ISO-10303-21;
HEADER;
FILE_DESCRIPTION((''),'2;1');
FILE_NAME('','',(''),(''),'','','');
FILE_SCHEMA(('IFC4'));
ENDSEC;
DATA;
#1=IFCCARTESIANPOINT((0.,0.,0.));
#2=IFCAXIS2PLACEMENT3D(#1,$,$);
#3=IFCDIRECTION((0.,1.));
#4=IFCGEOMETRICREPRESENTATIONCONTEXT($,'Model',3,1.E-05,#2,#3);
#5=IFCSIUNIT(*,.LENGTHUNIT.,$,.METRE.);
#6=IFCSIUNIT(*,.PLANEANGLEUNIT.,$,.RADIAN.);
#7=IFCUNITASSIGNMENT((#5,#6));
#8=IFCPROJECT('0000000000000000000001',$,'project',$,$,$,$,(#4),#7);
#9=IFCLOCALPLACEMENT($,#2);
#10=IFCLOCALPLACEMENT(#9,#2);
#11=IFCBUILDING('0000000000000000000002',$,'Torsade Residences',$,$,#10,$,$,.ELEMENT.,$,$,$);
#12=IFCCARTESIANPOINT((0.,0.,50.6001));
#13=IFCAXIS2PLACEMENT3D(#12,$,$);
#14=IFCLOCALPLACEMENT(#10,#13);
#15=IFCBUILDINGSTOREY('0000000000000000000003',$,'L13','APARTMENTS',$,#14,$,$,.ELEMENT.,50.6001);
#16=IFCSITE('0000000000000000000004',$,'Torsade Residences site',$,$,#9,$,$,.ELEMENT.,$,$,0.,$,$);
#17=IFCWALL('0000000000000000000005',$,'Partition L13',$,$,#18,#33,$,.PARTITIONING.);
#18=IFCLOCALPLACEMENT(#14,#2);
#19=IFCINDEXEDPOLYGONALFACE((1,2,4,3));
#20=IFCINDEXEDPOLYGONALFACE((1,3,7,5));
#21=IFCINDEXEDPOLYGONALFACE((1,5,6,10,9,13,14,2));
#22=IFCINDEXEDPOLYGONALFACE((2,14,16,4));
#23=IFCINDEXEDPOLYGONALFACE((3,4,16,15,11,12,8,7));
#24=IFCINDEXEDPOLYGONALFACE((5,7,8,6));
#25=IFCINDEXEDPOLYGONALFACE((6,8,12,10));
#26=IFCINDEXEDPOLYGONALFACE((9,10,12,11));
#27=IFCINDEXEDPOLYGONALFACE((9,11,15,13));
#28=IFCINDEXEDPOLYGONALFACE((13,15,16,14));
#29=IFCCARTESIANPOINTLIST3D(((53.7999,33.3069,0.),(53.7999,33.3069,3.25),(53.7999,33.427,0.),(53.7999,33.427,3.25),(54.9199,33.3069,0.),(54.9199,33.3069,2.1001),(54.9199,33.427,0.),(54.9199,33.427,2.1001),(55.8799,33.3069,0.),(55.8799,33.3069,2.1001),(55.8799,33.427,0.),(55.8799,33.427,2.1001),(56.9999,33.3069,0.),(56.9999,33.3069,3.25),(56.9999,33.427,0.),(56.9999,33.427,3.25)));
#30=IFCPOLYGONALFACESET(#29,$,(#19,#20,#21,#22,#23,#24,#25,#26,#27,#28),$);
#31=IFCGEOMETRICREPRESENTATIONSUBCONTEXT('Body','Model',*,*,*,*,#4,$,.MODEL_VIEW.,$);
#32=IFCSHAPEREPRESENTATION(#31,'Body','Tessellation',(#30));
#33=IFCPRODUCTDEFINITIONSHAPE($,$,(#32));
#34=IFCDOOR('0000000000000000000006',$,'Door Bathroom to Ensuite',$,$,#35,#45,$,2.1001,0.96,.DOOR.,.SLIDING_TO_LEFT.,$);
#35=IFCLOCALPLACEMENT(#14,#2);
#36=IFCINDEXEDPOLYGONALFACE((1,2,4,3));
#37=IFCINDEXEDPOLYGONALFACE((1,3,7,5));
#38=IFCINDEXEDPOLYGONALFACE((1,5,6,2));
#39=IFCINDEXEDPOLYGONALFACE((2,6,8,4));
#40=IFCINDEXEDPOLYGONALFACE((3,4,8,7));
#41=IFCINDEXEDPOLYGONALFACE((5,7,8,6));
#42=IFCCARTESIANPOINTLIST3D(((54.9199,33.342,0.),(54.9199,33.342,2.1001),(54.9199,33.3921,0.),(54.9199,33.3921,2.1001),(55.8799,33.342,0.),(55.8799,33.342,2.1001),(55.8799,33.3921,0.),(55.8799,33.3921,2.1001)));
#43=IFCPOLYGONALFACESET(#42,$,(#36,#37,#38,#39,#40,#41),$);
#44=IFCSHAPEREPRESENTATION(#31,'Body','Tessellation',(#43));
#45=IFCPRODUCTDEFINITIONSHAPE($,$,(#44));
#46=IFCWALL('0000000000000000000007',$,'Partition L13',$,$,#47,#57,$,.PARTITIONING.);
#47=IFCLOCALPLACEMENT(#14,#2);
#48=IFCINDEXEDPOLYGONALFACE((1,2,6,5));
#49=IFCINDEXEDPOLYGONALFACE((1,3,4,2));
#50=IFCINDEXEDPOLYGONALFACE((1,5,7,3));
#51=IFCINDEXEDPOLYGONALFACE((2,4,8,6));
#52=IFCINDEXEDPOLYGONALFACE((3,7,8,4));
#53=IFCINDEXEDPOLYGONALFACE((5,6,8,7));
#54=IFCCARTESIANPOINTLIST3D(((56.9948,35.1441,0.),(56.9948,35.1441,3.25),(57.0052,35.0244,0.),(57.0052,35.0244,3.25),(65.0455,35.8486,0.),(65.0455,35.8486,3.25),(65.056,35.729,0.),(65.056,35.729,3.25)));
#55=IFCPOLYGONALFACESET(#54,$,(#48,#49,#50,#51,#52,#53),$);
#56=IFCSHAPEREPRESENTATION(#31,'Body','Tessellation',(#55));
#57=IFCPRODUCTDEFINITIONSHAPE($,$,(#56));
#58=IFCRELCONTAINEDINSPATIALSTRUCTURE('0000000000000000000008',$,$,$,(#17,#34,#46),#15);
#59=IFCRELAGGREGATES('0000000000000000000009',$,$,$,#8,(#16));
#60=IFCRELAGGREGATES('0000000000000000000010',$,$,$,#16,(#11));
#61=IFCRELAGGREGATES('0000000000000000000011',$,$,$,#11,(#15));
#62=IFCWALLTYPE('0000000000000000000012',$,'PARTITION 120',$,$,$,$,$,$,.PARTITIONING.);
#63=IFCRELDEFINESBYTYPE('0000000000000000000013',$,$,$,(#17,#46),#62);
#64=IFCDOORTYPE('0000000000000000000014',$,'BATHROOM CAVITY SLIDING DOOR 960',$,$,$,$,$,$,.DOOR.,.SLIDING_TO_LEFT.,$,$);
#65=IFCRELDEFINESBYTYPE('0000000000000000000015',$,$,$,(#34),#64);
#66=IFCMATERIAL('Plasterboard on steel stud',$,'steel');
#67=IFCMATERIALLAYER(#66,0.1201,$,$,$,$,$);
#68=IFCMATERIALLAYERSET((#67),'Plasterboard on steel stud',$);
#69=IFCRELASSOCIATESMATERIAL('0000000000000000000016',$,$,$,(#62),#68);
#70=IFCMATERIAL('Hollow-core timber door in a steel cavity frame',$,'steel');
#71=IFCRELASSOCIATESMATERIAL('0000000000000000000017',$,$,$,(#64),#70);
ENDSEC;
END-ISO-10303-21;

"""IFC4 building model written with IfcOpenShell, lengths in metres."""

from ifc_helpers import new_model, si_unit, direction, frame, frame_2d, origin, place, context, subcontext, project, spatial, rectangle, extrude, material, layer, layer_set, type_object, element, fill, save


model = new_model("IFC4")

# Units and contexts
model_context = context("Model", 3, precision=1e-05, world=origin(), true_north=direction((0.0, 1.0)))
body_context = subcontext(model_context, "Body", "Model", "MODEL_VIEW")
ifc_project = project(units=[si_unit("LENGTHUNIT", "METRE"), si_unit("PLANEANGLEUNIT", "RADIAN")], contexts=[model_context])

# Site, building, storey
site_placement = place(None, origin())
site = spatial("IfcSite", under=ifc_project, at=site_placement, Name="Torsade Residences site", CompositionType="ELEMENT", RefElevation=0.0)
building_placement = place(site_placement, origin())
building = spatial("IfcBuilding", under=site, at=building_placement, Name="Torsade Residences", CompositionType="ELEMENT")
storey_placement = place(building_placement, frame((0.0, 0.0, 50.6001)))
storey = spatial("IfcBuildingStorey", under=building, at=storey_placement, Name="L13", Description="APARTMENTS", CompositionType="ELEMENT", Elevation=50.6001)

# Wall, opening, door
ifc_material_1 = material(Name="Plasterboard on steel stud", Category="steel")
ifc_layer_1 = layer(ifc_material_1, 0.1201)
ifc_layer_set_1 = layer_set([ifc_layer_1], Name="Plasterboard on steel stud")
wall_type_1 = type_object("IfcWallType", Name="PARTITION 120", PredefinedType="PARTITIONING", material=ifc_layer_set_1)
ifc_material_2 = material(Name="Hollow-core timber door in a steel cavity frame", Category="steel")
door_type_1 = type_object("IfcDoorType", Name="BATHROOM CAVITY SLIDING DOOR 960", OperationType="SLIDING_TO_LEFT", PredefinedType="DOOR", material=ifc_material_2)
wall_1_placement = place(storey_placement, frame((57.0, 33.3669, 0.0), z_axis=(0.0, 0.0, 1.0), x_axis=(-1.0, 0.0, 0.0)))
wall_1 = element("IfcWall", 1, at=wall_1_placement, inside=storey, type_object=wall_type_1, Name="Partition L13", PredefinedType="PARTITIONING", context=body_context, shape_type="SweptSolid", body=[
    extrude(rectangle(XDim=3.2, YDim=0.1201, at=frame_2d((1.6001, 0.0))), origin(), (0.0, 0.0, 1.0), 3.25),
])
opening_1_placement = place(wall_1_placement, frame((1.1201, 0.0, 0.0)))
opening_1 = element("IfcOpeningElement", 2, at=opening_1_placement, cuts=wall_1, PredefinedType="OPENING", context=body_context, shape_type="SweptSolid", body=[
    extrude(rectangle(XDim=0.96, YDim=2.1001, at=frame_2d((0.48, 1.05))), frame((0.0, 0.0701, 0.0), z_axis=(0.0, -1.0, 0.0), x_axis=(1.0, 0.0, 0.0)), (0.0, 0.0, 1.0), 0.1401),
])
door_1_placement = place(opening_1_placement, origin())
door_1 = element("IfcDoor", 3, at=door_1_placement, inside=storey, type_object=door_type_1, Name="Door Bathroom to Ensuite", OperationType="SLIDING_TO_LEFT", OverallHeight=2.1001, OverallWidth=0.96, PredefinedType="DOOR", context=body_context, shape_type="SweptSolid", body=[
    extrude(rectangle(XDim=0.96, YDim=2.1001, at=frame_2d((0.48, 1.05))), frame((0.0, 0.0249, 0.0), z_axis=(0.0, -1.0, 0.0), x_axis=(1.0, 0.0, 0.0)), (0.0, 0.0, 1.0), 0.05),
])
fill(opening_1, door_1)

# Wall
wall_2_placement = place(storey_placement, frame((57.0, 35.0842, 0.0), z_axis=(0.0, 0.0, 1.0), x_axis=(0.996192, 0.087185, 0.0)))
element("IfcWall", 4, at=wall_2_placement, inside=storey, type_object=wall_type_1, Name="Partition L13", PredefinedType="PARTITIONING", context=body_context, shape_type="SweptSolid", body=[
    extrude(rectangle(XDim=8.0815, YDim=0.1201, at=frame_2d((4.0408, 0.0))), origin(), (0.0, 0.0, 1.0), 3.25),
])

save(model, "model.ifc")
